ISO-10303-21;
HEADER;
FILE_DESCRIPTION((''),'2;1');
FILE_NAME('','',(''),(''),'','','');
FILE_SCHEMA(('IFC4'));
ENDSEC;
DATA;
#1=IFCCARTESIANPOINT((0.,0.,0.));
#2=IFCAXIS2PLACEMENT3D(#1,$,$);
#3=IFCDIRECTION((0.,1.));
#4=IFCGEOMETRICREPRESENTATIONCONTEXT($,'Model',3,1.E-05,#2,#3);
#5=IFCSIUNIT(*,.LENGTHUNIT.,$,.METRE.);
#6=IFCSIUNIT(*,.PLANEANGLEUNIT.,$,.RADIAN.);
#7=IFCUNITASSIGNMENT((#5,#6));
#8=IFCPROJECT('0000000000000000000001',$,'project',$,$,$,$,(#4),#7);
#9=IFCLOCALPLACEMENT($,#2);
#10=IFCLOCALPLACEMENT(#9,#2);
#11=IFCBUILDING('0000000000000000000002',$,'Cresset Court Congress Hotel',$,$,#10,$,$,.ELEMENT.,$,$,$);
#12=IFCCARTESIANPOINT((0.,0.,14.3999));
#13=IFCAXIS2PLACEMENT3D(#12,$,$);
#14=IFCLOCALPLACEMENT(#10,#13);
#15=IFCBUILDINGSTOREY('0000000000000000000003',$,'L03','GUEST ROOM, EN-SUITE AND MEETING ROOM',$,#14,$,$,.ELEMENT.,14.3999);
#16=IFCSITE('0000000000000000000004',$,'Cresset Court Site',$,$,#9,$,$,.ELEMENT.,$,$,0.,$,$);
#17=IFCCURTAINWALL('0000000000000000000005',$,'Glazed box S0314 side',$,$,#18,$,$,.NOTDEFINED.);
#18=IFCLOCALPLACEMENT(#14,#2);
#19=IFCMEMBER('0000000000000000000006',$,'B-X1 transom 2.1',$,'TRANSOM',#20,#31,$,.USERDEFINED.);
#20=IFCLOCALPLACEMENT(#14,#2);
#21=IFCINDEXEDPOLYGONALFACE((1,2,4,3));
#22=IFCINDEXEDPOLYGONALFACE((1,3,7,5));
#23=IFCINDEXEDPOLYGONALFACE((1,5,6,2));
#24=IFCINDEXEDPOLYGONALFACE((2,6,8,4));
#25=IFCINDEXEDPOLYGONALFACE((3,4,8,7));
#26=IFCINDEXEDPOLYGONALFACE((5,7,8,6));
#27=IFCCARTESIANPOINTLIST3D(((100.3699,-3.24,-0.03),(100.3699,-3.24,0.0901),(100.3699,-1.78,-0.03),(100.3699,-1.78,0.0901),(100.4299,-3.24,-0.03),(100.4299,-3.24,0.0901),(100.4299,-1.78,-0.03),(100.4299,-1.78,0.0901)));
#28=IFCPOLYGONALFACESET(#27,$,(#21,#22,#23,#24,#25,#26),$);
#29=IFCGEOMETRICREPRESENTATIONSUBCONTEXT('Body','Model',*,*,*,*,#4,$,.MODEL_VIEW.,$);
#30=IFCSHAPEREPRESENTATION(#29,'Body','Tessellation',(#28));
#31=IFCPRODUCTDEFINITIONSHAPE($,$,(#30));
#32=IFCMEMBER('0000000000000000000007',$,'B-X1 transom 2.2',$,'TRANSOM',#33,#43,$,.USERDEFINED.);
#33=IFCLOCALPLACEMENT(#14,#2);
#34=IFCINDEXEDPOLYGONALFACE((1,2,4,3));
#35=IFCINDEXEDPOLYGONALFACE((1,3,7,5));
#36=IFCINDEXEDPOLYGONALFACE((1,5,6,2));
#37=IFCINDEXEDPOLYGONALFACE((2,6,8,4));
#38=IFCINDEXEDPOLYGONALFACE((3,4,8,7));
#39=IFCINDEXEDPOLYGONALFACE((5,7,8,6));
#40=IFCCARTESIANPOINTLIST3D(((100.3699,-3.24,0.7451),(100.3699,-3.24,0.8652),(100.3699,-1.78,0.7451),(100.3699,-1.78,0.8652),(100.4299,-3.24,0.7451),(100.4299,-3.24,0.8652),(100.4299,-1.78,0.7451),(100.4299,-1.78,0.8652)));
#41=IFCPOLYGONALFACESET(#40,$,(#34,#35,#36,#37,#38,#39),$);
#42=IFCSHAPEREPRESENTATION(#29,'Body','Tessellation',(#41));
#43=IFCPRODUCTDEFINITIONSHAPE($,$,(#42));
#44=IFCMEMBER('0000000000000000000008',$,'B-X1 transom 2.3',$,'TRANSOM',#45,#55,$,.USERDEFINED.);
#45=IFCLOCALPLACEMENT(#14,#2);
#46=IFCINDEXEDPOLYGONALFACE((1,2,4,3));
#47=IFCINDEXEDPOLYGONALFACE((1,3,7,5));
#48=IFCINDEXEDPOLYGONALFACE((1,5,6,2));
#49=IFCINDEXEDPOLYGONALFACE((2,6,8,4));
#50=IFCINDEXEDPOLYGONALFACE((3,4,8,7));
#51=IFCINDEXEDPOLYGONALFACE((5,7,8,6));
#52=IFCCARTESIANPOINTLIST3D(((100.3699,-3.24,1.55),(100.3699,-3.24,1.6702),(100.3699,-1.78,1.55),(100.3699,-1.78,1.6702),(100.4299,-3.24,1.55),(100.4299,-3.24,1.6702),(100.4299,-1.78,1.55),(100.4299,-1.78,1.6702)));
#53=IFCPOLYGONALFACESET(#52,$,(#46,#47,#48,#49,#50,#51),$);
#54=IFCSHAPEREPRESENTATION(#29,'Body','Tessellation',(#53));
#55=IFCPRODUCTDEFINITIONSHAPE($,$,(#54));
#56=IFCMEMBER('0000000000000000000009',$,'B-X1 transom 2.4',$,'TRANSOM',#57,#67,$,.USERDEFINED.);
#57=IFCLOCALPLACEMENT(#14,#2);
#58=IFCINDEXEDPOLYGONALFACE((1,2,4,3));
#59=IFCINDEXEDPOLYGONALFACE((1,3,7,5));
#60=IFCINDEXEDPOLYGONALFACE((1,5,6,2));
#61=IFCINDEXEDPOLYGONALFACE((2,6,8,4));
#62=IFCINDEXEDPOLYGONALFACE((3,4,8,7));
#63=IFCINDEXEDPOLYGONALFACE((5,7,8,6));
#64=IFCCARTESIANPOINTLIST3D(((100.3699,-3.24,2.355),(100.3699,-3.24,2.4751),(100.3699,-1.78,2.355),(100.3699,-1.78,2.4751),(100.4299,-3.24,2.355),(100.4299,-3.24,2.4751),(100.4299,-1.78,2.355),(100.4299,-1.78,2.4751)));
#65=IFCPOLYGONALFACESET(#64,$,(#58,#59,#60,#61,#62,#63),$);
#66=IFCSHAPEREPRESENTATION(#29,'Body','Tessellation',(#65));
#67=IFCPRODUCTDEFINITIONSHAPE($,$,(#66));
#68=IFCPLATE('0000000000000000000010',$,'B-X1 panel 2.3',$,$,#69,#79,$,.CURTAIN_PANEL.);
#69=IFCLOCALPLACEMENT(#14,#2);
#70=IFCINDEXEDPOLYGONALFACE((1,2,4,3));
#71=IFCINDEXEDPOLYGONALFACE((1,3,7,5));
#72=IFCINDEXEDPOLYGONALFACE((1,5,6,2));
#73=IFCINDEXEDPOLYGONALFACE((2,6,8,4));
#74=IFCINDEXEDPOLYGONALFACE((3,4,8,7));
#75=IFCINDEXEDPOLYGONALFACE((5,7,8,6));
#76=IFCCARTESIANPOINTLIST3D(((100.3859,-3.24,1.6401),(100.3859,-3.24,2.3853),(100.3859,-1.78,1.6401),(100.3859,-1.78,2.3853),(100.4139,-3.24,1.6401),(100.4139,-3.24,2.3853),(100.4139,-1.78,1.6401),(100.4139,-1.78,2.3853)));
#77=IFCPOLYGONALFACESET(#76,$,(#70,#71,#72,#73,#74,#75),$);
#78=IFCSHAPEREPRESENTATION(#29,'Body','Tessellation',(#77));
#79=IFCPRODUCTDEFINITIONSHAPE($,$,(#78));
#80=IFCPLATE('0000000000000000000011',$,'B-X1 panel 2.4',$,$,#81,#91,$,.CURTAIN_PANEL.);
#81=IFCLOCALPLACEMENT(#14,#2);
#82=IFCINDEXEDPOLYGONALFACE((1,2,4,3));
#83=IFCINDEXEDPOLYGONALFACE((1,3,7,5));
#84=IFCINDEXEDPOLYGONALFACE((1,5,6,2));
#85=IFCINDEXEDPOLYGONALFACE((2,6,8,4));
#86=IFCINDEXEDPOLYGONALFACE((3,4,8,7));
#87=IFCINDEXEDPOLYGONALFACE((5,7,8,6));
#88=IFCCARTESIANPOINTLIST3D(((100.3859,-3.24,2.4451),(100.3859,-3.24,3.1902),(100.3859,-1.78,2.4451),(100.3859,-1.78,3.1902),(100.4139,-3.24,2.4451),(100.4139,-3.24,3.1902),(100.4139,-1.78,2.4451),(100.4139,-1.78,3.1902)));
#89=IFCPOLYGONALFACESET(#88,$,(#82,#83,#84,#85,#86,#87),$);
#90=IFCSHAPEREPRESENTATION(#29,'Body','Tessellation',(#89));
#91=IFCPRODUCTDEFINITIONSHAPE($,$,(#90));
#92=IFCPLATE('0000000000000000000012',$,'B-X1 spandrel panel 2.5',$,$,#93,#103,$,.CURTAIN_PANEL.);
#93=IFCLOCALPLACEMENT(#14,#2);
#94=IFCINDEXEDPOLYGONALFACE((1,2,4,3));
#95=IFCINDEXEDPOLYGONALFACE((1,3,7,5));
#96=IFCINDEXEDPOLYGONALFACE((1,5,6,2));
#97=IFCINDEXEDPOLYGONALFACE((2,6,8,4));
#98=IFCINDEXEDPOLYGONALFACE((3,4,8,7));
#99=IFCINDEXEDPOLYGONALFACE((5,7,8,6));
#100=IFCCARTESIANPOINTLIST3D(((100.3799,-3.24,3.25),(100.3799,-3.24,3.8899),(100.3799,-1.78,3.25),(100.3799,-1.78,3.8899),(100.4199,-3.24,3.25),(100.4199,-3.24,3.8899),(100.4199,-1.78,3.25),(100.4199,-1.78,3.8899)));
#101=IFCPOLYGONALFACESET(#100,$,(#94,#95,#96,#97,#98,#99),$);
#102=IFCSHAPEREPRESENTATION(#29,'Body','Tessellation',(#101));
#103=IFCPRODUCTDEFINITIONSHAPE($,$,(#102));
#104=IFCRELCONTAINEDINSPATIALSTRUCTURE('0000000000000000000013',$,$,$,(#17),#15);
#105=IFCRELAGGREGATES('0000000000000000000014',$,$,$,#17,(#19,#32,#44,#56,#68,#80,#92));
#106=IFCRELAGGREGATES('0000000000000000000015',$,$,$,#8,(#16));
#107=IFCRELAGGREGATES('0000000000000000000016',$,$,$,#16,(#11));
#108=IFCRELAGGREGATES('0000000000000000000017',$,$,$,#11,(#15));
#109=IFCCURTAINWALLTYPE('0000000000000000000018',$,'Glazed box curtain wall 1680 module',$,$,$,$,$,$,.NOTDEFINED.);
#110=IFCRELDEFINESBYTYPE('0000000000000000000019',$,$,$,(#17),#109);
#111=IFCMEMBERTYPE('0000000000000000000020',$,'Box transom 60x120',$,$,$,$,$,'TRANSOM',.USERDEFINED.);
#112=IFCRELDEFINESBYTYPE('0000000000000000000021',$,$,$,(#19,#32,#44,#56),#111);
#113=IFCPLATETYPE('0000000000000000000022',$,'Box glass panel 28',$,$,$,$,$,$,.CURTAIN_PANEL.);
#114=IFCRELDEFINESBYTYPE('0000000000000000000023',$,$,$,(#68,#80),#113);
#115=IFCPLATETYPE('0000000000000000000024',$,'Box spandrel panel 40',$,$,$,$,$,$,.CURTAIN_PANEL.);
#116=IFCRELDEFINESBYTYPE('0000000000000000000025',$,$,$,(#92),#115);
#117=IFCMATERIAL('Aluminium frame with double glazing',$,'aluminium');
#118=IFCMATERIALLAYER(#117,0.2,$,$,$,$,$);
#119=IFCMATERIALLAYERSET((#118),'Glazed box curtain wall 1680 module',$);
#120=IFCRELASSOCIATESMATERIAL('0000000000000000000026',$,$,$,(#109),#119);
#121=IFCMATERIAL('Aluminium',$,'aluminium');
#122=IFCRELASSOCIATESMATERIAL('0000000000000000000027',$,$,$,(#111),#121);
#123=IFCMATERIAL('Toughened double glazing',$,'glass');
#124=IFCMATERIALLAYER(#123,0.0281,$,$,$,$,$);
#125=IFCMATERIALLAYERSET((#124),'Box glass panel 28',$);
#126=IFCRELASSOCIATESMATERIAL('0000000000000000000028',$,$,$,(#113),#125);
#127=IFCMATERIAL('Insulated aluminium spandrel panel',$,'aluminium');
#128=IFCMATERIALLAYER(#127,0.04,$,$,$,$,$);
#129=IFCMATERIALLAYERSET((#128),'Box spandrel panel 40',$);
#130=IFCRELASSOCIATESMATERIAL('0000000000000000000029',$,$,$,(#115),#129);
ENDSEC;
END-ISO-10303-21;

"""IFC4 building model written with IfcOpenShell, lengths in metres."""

from ifc_helpers import new_model, si_unit, direction, frame, origin, origin_2d, place, context, subcontext, project, spatial, rectangle, extrude, material, layer, layer_set, material_profile, profile_set, type_object, element, aggregate, save


model = new_model("IFC4")

# Units and contexts
model_context = context("Model", 3, precision=1e-05, world=origin(), true_north=direction((0.0, 1.0)))
body_context = subcontext(model_context, "Body", "Model", "MODEL_VIEW")
ifc_project = project(units=[si_unit("LENGTHUNIT", "METRE"), si_unit("PLANEANGLEUNIT", "RADIAN")], contexts=[model_context])

# Site, building, storey
site_placement = place(None, origin())
site = spatial("IfcSite", under=ifc_project, at=site_placement, Name="Cresset Court Site", CompositionType="ELEMENT", RefElevation=0.0)
building_placement = place(site_placement, origin())
building = spatial("IfcBuilding", under=site, at=building_placement, Name="Cresset Court Congress Hotel", CompositionType="ELEMENT")
storey_placement = place(building_placement, frame((0.0, 0.0, 14.3999)))
storey = spatial("IfcBuildingStorey", under=building, at=storey_placement, Name="L03", Description="GUEST ROOM, EN-SUITE AND MEETING ROOM", CompositionType="ELEMENT", Elevation=14.3999)

# Curtain wall, members, plates
ifc_material_1 = material(Name="Aluminium frame with double glazing", Category="aluminium")
ifc_layer_1 = layer(ifc_material_1, 0.2)
ifc_layer_set_1 = layer_set([ifc_layer_1], Name="Glazed box curtain wall 1680 module")
curtain_wall_type = type_object("IfcCurtainWallType", Name="Glazed box curtain wall 1680 module", PredefinedType="NOTDEFINED", material=ifc_layer_set_1)
curtain_wall_placement = place(storey_placement, origin())
curtain_wall = element("IfcCurtainWall", 1, at=curtain_wall_placement, inside=storey, type_object=curtain_wall_type, Name="Glazed box S0314 side", PredefinedType="NOTDEFINED")
ifc_material_2 = material(Name="Aluminium", Category="aluminium")
ifc_material_profile = material_profile(ifc_material_2, rectangle(XDim=0.0601, YDim=0.1201, at=origin_2d()), Name="Box transom 60x120")
ifc_profile_set = profile_set([ifc_material_profile], Name="Aluminium")
member_type = type_object("IfcMemberType", Name="Box transom 60x120", ElementType="TRANSOM", PredefinedType="USERDEFINED", material=ifc_profile_set)
member_1_placement = place(storey_placement, frame((100.3999, -1.78, 0.03), z_axis=(0.0, -1.0, 0.0), x_axis=(1.0, 0.0, 0.0)))
member_1 = element("IfcMember", 2, at=member_1_placement, type_object=member_type, Name="B-X1 transom 2.1", ObjectType="TRANSOM", PredefinedType="USERDEFINED", context=body_context, shape_type="SweptSolid", body=[
    extrude(rectangle(XDim=0.0601, YDim=0.1201, at=origin_2d()), origin(), (0.0, 0.0, 1.0), 1.46),
])
member_2_placement = place(storey_placement, frame((100.3999, -1.78, 0.8052), z_axis=(0.0, -1.0, 0.0), x_axis=(1.0, 0.0, 0.0)))
member_2 = element("IfcMember", 3, at=member_2_placement, type_object=member_type, Name="B-X1 transom 2.2", ObjectType="TRANSOM", PredefinedType="USERDEFINED", context=body_context, shape_type="SweptSolid", body=[
    extrude(rectangle(XDim=0.0601, YDim=0.1201, at=origin_2d()), origin(), (0.0, 0.0, 1.0), 1.46),
])
member_3_placement = place(storey_placement, frame((100.3999, -1.78, 1.6101), z_axis=(0.0, -1.0, 0.0), x_axis=(1.0, 0.0, 0.0)))
member_3 = element("IfcMember", 4, at=member_3_placement, type_object=member_type, Name="B-X1 transom 2.3", ObjectType="TRANSOM", PredefinedType="USERDEFINED", context=body_context, shape_type="SweptSolid", body=[
    extrude(rectangle(XDim=0.0601, YDim=0.1201, at=origin_2d()), origin(), (0.0, 0.0, 1.0), 1.46),
])
member_4_placement = place(storey_placement, frame((100.3999, -1.78, 2.415), z_axis=(0.0, -1.0, 0.0), x_axis=(1.0, 0.0, 0.0)))
member_4 = element("IfcMember", 5, at=member_4_placement, type_object=member_type, Name="B-X1 transom 2.4", ObjectType="TRANSOM", PredefinedType="USERDEFINED", context=body_context, shape_type="SweptSolid", body=[
    extrude(rectangle(XDim=0.0601, YDim=0.1201, at=origin_2d()), origin(), (0.0, 0.0, 1.0), 1.46),
])
ifc_material_3 = material(Name="Toughened double glazing", Category="glass")
ifc_layer_2 = layer(ifc_material_3, 0.0281)
ifc_layer_set_2 = layer_set([ifc_layer_2], Name="Box glass panel 28")
plate_type_1 = type_object("IfcPlateType", Name="Box glass panel 28", PredefinedType="CURTAIN_PANEL", material=ifc_layer_set_2)
plate_1_placement = place(storey_placement, frame((100.3999, -2.51, 1.6401), z_axis=(0.0, 0.0, 1.0), x_axis=(0.0, -1.0, 0.0)))
plate_1 = element("IfcPlate", 6, at=plate_1_placement, type_object=plate_type_1, Name="B-X1 panel 2.3", PredefinedType="CURTAIN_PANEL", context=body_context, shape_type="SweptSolid", body=[
    extrude(rectangle(XDim=1.46, YDim=0.0281, at=origin_2d()), origin(), (0.0, 0.0, 1.0), 0.7451),
])
plate_2_placement = place(storey_placement, frame((100.3999, -2.51, 2.4451), z_axis=(0.0, 0.0, 1.0), x_axis=(0.0, -1.0, 0.0)))
plate_2 = element("IfcPlate", 7, at=plate_2_placement, type_object=plate_type_1, Name="B-X1 panel 2.4", PredefinedType="CURTAIN_PANEL", context=body_context, shape_type="SweptSolid", body=[
    extrude(rectangle(XDim=1.46, YDim=0.0281, at=origin_2d()), origin(), (0.0, 0.0, 1.0), 0.7451),
])
ifc_material_4 = material(Name="Insulated aluminium spandrel panel", Category="aluminium")
ifc_layer_3 = layer(ifc_material_4, 0.04)
ifc_layer_set_3 = layer_set([ifc_layer_3], Name="Box spandrel panel 40")
plate_type_2 = type_object("IfcPlateType", Name="Box spandrel panel 40", PredefinedType="CURTAIN_PANEL", material=ifc_layer_set_3)
plate_3_placement = place(storey_placement, frame((100.3999, -2.51, 3.25), z_axis=(0.0, 0.0, 1.0), x_axis=(0.0, -1.0, 0.0)))
plate_3 = element("IfcPlate", 8, at=plate_3_placement, type_object=plate_type_2, Name="B-X1 spandrel panel 2.5", PredefinedType="CURTAIN_PANEL", context=body_context, shape_type="SweptSolid", body=[
    extrude(rectangle(XDim=1.46, YDim=0.04, at=origin_2d()), origin(), (0.0, 0.0, 1.0), 0.6399),
])
aggregate(curtain_wall, [member_1, member_2, member_3, member_4, plate_1, plate_2, plate_3])

save(model, "model.ifc")
